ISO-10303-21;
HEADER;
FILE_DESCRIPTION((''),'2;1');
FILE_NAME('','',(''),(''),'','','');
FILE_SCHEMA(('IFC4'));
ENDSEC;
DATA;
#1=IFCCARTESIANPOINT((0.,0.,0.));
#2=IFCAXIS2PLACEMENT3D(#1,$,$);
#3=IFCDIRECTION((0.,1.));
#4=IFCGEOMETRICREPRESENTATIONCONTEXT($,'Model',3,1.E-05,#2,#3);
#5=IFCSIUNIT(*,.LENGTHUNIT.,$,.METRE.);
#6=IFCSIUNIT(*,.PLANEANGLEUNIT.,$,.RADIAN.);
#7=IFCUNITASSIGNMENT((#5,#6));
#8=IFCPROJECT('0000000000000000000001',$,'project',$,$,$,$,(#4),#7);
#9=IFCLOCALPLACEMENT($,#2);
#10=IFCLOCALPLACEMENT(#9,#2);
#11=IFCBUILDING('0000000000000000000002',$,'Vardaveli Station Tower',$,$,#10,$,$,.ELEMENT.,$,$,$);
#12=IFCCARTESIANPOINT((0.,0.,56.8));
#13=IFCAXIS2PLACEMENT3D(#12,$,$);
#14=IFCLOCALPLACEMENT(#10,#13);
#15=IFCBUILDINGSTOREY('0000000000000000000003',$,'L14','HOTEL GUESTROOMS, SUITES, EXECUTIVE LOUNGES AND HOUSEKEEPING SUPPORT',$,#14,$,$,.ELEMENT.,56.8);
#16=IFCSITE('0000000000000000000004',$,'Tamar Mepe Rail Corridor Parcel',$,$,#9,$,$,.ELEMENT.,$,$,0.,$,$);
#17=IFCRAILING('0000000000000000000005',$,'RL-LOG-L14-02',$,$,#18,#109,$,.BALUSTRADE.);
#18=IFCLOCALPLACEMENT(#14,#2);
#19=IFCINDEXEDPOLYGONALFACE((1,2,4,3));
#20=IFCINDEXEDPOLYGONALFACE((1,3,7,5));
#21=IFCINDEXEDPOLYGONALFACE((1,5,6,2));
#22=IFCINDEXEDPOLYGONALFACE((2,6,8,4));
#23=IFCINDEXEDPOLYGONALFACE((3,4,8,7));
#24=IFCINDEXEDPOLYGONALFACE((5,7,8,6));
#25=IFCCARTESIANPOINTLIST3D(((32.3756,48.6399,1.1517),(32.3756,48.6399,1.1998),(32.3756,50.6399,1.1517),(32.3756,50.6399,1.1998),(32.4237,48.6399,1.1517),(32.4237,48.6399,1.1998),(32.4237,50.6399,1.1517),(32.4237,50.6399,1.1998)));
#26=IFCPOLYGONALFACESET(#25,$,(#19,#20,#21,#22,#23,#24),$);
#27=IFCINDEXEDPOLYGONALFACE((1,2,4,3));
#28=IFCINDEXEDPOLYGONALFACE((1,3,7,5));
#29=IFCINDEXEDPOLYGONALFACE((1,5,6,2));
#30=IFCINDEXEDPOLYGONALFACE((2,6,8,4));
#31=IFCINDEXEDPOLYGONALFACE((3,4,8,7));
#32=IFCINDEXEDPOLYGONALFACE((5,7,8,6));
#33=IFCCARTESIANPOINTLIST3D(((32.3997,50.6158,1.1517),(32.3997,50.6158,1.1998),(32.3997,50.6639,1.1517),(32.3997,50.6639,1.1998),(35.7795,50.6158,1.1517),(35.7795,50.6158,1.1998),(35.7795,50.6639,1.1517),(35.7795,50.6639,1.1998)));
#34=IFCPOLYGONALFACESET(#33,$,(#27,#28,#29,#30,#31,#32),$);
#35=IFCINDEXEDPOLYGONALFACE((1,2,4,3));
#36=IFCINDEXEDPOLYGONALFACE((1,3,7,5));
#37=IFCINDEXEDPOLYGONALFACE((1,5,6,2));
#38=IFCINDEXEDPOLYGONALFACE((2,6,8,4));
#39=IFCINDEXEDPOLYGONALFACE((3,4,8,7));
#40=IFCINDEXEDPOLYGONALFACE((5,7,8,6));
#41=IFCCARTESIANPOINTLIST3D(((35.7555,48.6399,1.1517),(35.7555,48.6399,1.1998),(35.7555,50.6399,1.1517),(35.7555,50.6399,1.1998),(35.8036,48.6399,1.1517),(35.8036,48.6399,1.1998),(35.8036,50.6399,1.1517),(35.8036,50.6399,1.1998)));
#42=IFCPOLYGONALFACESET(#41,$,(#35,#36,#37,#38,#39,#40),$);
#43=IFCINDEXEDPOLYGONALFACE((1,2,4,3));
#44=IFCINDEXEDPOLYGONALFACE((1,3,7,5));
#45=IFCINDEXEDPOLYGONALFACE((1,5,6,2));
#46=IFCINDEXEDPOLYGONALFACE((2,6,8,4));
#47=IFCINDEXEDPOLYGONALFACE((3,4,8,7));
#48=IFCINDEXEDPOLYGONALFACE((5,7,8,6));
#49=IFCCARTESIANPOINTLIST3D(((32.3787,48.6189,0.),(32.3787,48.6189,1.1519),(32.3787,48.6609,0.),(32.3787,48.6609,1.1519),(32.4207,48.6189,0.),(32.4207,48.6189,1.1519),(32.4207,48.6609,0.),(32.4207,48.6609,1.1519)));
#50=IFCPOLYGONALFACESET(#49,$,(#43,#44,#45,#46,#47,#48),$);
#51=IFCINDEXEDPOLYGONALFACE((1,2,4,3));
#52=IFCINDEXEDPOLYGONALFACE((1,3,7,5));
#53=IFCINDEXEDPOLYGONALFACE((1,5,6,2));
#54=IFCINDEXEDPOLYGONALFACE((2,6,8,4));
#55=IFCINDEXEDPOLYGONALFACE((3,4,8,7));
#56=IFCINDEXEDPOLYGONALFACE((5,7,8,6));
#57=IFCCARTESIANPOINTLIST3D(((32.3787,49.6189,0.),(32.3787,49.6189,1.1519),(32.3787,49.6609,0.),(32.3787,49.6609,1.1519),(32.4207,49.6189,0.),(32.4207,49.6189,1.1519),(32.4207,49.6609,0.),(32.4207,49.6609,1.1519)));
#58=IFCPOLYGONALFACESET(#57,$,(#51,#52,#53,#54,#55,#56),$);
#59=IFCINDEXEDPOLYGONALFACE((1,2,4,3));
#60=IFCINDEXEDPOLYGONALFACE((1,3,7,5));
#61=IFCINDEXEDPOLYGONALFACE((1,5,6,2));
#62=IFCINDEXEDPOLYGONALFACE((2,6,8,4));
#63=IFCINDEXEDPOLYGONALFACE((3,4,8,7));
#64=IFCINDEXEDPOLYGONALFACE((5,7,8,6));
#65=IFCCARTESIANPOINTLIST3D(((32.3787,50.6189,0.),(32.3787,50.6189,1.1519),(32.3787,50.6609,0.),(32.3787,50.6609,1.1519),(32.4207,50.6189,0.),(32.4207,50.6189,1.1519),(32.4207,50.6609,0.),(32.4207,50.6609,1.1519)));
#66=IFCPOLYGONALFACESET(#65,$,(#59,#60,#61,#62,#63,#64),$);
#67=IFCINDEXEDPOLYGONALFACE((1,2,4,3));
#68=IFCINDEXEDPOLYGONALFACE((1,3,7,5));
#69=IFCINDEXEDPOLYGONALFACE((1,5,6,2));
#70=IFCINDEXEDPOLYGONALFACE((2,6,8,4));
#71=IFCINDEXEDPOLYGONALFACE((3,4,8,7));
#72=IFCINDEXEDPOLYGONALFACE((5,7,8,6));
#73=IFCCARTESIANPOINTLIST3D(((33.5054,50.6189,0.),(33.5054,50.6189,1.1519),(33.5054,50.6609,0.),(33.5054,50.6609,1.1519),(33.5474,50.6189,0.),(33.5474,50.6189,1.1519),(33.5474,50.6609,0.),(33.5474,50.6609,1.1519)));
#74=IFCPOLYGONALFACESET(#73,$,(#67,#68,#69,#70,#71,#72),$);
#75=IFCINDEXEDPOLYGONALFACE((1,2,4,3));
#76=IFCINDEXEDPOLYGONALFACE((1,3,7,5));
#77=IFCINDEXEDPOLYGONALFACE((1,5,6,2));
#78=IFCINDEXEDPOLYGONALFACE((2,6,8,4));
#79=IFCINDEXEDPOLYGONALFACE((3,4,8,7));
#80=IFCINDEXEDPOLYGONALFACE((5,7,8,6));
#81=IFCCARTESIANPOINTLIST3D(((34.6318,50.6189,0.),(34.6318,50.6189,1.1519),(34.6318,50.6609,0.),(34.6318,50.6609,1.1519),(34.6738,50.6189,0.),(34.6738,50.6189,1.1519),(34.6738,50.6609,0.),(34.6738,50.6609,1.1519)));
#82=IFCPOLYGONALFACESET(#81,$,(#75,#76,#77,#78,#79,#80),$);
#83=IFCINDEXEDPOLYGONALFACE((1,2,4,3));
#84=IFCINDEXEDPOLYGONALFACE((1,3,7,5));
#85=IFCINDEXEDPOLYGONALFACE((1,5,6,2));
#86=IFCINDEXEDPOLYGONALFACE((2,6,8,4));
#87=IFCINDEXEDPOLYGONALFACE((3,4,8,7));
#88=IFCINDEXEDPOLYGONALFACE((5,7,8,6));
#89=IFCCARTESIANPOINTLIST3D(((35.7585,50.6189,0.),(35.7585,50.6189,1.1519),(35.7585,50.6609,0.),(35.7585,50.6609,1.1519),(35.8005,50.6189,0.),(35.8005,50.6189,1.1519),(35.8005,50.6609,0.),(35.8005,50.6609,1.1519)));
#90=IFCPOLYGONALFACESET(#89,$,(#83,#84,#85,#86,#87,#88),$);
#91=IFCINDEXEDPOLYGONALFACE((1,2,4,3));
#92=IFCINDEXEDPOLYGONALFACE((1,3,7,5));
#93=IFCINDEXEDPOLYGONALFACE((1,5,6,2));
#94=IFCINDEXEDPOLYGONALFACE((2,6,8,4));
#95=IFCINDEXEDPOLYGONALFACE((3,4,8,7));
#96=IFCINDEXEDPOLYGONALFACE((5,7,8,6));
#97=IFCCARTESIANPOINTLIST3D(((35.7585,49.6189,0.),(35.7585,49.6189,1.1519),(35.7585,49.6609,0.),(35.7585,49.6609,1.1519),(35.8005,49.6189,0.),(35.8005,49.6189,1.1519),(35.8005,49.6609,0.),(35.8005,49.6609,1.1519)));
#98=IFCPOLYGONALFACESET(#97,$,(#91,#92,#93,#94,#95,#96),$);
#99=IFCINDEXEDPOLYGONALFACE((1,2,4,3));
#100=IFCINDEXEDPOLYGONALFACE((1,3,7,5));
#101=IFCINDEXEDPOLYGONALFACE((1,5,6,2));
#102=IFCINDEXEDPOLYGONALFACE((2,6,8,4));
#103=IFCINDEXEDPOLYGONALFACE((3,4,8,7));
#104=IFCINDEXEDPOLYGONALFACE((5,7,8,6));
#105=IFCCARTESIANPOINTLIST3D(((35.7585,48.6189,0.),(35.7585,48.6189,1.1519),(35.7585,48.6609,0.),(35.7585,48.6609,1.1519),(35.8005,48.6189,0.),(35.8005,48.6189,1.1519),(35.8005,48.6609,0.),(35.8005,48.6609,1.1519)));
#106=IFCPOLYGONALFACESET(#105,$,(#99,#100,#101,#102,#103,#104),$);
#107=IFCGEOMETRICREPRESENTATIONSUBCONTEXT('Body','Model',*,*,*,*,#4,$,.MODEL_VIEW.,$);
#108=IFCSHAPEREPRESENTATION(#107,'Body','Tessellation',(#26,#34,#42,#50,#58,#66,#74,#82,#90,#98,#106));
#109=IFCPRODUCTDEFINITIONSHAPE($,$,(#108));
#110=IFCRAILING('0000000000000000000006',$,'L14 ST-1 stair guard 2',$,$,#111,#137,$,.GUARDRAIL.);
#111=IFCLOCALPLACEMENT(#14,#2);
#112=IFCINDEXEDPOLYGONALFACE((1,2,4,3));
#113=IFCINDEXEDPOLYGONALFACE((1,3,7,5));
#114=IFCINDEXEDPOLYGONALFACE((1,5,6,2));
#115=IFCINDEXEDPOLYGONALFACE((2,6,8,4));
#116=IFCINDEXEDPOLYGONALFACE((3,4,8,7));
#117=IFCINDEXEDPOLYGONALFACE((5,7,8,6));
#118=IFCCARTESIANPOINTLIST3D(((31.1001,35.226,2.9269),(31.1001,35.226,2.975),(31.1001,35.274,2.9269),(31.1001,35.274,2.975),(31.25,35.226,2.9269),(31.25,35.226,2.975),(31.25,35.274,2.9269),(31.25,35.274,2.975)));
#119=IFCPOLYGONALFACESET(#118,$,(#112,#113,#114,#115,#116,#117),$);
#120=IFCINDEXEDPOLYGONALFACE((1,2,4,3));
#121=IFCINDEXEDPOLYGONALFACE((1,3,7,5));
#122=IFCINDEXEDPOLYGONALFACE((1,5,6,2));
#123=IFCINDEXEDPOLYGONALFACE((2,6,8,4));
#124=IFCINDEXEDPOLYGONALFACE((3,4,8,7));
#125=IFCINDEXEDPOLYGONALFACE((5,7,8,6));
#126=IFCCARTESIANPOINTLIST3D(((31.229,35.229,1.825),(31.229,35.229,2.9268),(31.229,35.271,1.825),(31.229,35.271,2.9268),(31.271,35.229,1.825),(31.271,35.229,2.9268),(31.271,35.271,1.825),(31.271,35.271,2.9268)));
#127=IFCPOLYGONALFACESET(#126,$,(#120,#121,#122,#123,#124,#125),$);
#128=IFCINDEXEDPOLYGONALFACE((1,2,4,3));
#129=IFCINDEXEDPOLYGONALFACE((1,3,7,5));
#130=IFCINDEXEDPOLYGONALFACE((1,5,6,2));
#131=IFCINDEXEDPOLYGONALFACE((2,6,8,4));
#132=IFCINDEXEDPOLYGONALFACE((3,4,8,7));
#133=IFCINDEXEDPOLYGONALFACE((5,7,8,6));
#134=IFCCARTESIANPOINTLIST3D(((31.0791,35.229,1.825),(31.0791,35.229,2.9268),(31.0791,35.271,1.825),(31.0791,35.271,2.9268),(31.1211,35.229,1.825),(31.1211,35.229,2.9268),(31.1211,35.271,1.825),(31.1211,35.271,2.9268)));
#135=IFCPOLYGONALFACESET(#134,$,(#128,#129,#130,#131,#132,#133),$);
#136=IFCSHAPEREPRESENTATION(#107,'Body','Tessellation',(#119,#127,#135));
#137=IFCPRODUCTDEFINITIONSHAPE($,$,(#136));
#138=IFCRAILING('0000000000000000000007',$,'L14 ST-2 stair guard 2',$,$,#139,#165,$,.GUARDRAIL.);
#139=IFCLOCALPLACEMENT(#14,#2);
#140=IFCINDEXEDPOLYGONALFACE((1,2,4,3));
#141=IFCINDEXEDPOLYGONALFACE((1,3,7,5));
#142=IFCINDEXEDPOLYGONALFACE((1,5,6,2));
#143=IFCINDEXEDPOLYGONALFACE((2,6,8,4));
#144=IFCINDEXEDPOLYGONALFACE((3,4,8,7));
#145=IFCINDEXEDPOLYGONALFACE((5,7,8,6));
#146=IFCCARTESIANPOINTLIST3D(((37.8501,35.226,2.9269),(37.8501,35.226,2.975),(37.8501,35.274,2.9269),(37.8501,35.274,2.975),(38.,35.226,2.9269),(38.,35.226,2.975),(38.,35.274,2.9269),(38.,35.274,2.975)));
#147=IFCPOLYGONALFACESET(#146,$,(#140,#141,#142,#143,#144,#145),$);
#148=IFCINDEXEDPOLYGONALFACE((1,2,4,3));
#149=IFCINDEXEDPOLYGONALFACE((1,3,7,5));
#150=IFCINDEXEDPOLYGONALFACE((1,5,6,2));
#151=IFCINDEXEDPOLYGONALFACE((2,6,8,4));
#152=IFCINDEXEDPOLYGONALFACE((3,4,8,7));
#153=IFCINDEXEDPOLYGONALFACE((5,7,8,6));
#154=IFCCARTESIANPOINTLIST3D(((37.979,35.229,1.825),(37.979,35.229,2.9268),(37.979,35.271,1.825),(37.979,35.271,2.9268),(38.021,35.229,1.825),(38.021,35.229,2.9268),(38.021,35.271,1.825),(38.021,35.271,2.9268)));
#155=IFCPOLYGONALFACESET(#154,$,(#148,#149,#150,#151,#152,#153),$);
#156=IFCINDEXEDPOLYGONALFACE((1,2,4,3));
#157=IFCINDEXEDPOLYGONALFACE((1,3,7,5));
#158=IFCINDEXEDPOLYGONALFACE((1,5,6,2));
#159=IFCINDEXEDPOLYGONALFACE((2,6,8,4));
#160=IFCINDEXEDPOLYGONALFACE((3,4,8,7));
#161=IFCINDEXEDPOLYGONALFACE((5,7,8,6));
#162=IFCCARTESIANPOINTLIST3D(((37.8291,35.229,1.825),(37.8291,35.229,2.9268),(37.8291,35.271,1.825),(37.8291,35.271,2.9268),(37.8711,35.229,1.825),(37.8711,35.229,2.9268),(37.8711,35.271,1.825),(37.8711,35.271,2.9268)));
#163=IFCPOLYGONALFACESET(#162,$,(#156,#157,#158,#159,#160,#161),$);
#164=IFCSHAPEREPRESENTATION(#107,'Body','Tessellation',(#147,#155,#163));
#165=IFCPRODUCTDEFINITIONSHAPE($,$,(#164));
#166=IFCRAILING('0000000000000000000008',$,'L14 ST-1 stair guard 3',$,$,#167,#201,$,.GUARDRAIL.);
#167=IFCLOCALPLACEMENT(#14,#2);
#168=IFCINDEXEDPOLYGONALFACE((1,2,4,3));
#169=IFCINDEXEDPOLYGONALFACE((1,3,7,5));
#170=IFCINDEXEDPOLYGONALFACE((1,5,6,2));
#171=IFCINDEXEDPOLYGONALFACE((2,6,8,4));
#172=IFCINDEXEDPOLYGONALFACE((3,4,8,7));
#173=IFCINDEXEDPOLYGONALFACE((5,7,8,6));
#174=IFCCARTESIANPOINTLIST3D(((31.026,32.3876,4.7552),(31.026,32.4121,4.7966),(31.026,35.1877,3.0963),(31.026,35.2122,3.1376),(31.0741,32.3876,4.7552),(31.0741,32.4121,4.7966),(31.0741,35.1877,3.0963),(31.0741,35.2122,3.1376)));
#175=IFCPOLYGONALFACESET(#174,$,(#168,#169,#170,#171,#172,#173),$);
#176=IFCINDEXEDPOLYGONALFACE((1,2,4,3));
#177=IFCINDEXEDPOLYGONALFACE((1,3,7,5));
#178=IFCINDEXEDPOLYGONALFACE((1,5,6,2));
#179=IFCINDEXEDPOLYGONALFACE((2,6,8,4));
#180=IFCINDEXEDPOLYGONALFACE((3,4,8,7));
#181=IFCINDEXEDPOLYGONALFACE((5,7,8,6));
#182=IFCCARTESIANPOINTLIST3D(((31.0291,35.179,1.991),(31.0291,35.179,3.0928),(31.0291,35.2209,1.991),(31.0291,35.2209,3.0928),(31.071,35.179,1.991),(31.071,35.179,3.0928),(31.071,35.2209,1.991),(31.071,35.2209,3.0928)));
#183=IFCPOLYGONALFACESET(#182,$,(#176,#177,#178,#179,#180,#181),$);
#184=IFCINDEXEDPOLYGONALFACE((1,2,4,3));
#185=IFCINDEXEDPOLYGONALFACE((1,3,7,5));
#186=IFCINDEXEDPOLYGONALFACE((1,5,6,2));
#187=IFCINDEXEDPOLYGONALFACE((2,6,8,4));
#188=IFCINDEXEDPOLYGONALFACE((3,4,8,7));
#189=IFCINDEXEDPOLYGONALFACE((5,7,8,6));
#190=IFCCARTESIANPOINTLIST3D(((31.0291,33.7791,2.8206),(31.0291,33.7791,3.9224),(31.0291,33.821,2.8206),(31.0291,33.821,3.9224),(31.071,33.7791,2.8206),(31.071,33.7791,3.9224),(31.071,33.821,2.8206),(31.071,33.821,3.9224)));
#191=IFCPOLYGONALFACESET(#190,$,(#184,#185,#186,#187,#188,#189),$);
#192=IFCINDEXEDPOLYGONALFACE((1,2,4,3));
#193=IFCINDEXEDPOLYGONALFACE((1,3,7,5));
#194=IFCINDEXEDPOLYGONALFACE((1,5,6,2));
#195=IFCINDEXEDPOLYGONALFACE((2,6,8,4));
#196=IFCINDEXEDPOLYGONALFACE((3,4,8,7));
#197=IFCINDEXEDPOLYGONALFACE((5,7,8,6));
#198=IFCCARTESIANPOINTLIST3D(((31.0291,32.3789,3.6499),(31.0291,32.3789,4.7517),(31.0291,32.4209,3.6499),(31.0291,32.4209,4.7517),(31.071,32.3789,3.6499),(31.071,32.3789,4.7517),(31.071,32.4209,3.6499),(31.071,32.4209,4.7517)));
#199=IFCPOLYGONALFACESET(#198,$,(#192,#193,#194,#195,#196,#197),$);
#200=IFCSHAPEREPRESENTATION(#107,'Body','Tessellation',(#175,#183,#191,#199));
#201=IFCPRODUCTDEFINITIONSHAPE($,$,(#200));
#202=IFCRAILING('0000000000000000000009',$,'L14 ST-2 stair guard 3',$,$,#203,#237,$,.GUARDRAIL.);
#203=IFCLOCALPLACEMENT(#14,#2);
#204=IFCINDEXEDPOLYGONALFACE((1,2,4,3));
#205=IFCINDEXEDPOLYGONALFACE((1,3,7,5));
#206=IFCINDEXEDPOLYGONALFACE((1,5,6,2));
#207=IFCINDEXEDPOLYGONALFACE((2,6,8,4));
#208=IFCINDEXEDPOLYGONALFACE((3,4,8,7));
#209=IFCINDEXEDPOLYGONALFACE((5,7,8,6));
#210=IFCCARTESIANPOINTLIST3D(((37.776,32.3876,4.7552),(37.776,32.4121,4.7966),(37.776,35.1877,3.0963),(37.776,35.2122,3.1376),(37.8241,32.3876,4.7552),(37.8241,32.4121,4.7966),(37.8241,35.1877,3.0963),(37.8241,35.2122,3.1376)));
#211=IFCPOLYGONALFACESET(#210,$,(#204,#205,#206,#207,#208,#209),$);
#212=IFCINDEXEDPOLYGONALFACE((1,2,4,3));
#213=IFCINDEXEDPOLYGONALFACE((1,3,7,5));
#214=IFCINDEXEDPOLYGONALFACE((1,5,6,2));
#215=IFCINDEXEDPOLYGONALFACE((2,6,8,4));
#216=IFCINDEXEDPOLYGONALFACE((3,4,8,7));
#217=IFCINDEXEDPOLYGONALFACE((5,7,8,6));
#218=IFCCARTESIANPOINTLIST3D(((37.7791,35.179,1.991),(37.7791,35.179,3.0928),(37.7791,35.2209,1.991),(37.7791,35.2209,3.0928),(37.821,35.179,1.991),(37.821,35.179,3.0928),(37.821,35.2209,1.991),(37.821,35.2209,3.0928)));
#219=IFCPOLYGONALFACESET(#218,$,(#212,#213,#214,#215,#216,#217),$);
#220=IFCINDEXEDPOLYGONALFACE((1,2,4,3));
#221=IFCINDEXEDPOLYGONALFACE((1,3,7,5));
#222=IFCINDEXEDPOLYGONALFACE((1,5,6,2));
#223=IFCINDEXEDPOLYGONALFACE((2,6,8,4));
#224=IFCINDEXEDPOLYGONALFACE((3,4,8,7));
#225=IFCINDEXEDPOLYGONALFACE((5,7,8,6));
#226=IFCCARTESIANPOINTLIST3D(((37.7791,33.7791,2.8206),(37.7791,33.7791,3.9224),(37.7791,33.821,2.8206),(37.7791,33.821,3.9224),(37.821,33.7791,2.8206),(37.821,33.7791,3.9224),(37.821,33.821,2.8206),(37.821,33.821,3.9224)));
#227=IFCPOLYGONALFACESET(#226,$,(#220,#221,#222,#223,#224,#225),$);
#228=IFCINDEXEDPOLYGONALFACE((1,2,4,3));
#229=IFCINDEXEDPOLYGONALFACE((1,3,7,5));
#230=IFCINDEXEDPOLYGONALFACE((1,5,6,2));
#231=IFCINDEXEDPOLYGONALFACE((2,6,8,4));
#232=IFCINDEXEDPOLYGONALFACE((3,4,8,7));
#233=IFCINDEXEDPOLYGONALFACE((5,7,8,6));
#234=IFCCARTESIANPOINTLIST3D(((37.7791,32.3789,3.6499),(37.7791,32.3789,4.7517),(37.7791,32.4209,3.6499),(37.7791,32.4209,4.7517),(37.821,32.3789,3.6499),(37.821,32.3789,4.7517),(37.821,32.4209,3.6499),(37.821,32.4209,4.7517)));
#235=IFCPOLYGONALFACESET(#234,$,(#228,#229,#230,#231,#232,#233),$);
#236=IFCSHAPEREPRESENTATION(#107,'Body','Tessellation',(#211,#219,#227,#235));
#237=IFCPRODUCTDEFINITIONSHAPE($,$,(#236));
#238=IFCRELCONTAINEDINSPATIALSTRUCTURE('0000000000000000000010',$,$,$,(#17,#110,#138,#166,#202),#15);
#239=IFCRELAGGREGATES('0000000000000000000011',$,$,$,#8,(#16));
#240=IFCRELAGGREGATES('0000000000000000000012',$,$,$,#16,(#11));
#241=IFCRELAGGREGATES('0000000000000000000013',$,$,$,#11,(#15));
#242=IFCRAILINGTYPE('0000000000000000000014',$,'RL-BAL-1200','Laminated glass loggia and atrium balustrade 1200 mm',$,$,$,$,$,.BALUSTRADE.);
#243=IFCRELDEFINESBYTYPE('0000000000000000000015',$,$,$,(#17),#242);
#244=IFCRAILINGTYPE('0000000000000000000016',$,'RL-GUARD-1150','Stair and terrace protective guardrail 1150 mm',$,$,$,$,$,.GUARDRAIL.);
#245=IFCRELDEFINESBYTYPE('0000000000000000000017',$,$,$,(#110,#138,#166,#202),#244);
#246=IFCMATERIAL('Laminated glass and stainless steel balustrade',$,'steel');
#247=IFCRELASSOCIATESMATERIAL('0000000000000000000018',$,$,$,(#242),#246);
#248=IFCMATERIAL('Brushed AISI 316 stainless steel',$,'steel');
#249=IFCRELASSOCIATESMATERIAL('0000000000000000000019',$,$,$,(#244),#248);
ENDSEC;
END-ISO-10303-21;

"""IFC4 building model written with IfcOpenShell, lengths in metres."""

from ifc_helpers import new_model, si_unit, direction, frame, origin, origin_2d, place, context, subcontext, project, spatial, rectangle, extrude, source, transform, mapped, material, type_object, element, save


model = new_model("IFC4")

# Units and contexts
model_context = context("Model", 3, precision=1e-05, world=origin(), true_north=direction((0.0, 1.0)))
body_context = subcontext(model_context, "Body", "Model", "MODEL_VIEW")
ifc_project = project(units=[si_unit("LENGTHUNIT", "METRE"), si_unit("PLANEANGLEUNIT", "RADIAN")], contexts=[model_context])

# Site, building, storey
site_placement = place(None, origin())
site = spatial("IfcSite", under=ifc_project, at=site_placement, Name="Tamar Mepe Rail Corridor Parcel", CompositionType="ELEMENT", RefElevation=0.0)
building_placement = place(site_placement, origin())
building = spatial("IfcBuilding", under=site, at=building_placement, Name="Vardaveli Station Tower", CompositionType="ELEMENT")
storey_placement = place(building_placement, frame((0.0, 0.0, 56.8)))
storey = spatial("IfcBuildingStorey", under=building, at=storey_placement, Name="L14", Description="HOTEL GUESTROOMS, SUITES, EXECUTIVE LOUNGES AND HOUSEKEEPING SUPPORT", CompositionType="ELEMENT", Elevation=56.8)

# Railings
ifc_material_1 = material(Name="Laminated glass and stainless steel balustrade", Category="steel")
railing_type_1 = type_object("IfcRailingType", Name="RL-BAL-1200", Description="Laminated glass loggia and atrium balustrade 1200 mm", PredefinedType="BALUSTRADE", material=ifc_material_1)
shared_shape_1 = source(origin(), body_context, "Body", "SweptSolid", [
    extrude(rectangle(XDim=0.0481, YDim=0.0481, at=origin_2d()), frame((0.0, 0.0, 1.1758), z_axis=(0.0, 1.0, 0.0), x_axis=(-1.0, 0.0, 0.0)), (0.0, 0.0, 1.0), 2.0),
    extrude(rectangle(XDim=0.0481, YDim=0.0481, at=origin_2d()), frame((0.0, 2.0, 1.1758), z_axis=(1.0, 0.0, 0.0), x_axis=(0.0, 1.0, 0.0)), (0.0, 0.0, 1.0), 3.3799),
    extrude(rectangle(XDim=0.0481, YDim=0.0481, at=origin_2d()), frame((3.3799, 2.0, 1.1758), z_axis=(0.0, -1.0, 0.0), x_axis=(1.0, 0.0, 0.0)), (0.0, 0.0, 1.0), 2.0),
    extrude(rectangle(XDim=0.042, YDim=0.042, at=origin_2d()), origin(), (0.0, 0.0, 1.0), 1.1519),
    extrude(rectangle(XDim=0.042, YDim=0.042, at=origin_2d()), frame((0.0, 1.0, 0.0)), (0.0, 0.0, 1.0), 1.1519),
    extrude(rectangle(XDim=0.042, YDim=0.042, at=origin_2d()), frame((0.0, 2.0, 0.0)), (0.0, 0.0, 1.0), 1.1519),
    extrude(rectangle(XDim=0.042, YDim=0.042, at=origin_2d()), frame((1.1267, 2.0, 0.0)), (0.0, 0.0, 1.0), 1.1519),
    extrude(rectangle(XDim=0.042, YDim=0.042, at=origin_2d()), frame((2.2532, 2.0, 0.0)), (0.0, 0.0, 1.0), 1.1519),
    extrude(rectangle(XDim=0.042, YDim=0.042, at=origin_2d()), frame((3.3799, 2.0, 0.0)), (0.0, 0.0, 1.0), 1.1519),
    extrude(rectangle(XDim=0.042, YDim=0.042, at=origin_2d()), frame((3.3799, 1.0, 0.0)), (0.0, 0.0, 1.0), 1.1519),
    extrude(rectangle(XDim=0.042, YDim=0.042, at=origin_2d()), frame((3.3799, 0.0, 0.0)), (0.0, 0.0, 1.0), 1.1519),
])
railing_1_placement = place(storey_placement, frame((32.3997, 48.6399, 0.0)))
element("IfcRailing", 1, at=railing_1_placement, inside=storey, type_object=railing_type_1, Name="RL-LOG-L14-02", PredefinedType="BALUSTRADE", context=body_context, shape_type="MappedRepresentation", body=[
    mapped(shared_shape_1, transform((0.0, 0.0, 0.0), scale=1.0)),
])
ifc_material_2 = material(Name="Brushed AISI 316 stainless steel", Category="steel")
railing_type_2 = type_object("IfcRailingType", Name="RL-GUARD-1150", Description="Stair and terrace protective guardrail 1150 mm", PredefinedType="GUARDRAIL", material=ifc_material_2)
shared_shape_2 = source(origin(), body_context, "Body", "SweptSolid", [
    extrude(rectangle(XDim=0.0481, YDim=0.0481, at=origin_2d()), frame((0.0, 0.0, 1.126), z_axis=(-1.0, 0.0, 0.0), x_axis=(0.0, -1.0, 0.0)), (0.0, 0.0, 1.0), 0.1499),
    extrude(rectangle(XDim=0.042, YDim=0.042, at=origin_2d()), origin(), (0.0, 0.0, 1.0), 1.1018),
    extrude(rectangle(XDim=0.042, YDim=0.042, at=origin_2d()), frame((-0.1499, 0.0, 0.0)), (0.0, 0.0, 1.0), 1.1018),
])
for number, where, name in (
    (2, (31.25, 35.25, 1.825), "L14 ST-1 stair guard 2"),
    (3, (38.0, 35.25, 1.825), "L14 ST-2 stair guard 2"),
):
    element("IfcRailing", number, at=place(storey_placement, frame(where)), inside=storey, type_object=railing_type_2, Name=name, PredefinedType="GUARDRAIL", context=body_context, shape_type="MappedRepresentation", body=[
        mapped(shared_shape_2, transform((0.0, 0.0, 0.0), scale=1.0)),
    ])
shared_shape_3 = source(origin(), body_context, "Body", "SweptSolid", [
    extrude(rectangle(XDim=0.0481, YDim=0.0481, at=origin_2d()), frame((0.0, 0.0, 1.126), z_axis=(0.0, -0.860339, 0.509722), x_axis=(1.0, 0.0, 0.0)), (0.0, 0.0, 1.0), 3.2546),
    extrude(rectangle(XDim=0.042, YDim=0.042, at=origin_2d()), origin(), (0.0, 0.0, 1.0), 1.1018),
    extrude(rectangle(XDim=0.042, YDim=0.042, at=origin_2d()), frame((0.0, -1.3999, 0.8296)), (0.0, 0.0, 1.0), 1.1018),
    extrude(rectangle(XDim=0.042, YDim=0.042, at=origin_2d()), frame((0.0, -2.8, 1.6589)), (0.0, 0.0, 1.0), 1.1018),
])
for number, where, name in (
    (4, (31.05, 35.2, 1.991), "L14 ST-1 stair guard 3"),
    (5, (37.8, 35.2, 1.991), "L14 ST-2 stair guard 3"),
):
    element("IfcRailing", number, at=place(storey_placement, frame(where)), inside=storey, type_object=railing_type_2, Name=name, PredefinedType="GUARDRAIL", context=body_context, shape_type="MappedRepresentation", body=[
        mapped(shared_shape_3, transform((0.0, 0.0, 0.0), scale=1.0)),
    ])

save(model, "model.ifc")
